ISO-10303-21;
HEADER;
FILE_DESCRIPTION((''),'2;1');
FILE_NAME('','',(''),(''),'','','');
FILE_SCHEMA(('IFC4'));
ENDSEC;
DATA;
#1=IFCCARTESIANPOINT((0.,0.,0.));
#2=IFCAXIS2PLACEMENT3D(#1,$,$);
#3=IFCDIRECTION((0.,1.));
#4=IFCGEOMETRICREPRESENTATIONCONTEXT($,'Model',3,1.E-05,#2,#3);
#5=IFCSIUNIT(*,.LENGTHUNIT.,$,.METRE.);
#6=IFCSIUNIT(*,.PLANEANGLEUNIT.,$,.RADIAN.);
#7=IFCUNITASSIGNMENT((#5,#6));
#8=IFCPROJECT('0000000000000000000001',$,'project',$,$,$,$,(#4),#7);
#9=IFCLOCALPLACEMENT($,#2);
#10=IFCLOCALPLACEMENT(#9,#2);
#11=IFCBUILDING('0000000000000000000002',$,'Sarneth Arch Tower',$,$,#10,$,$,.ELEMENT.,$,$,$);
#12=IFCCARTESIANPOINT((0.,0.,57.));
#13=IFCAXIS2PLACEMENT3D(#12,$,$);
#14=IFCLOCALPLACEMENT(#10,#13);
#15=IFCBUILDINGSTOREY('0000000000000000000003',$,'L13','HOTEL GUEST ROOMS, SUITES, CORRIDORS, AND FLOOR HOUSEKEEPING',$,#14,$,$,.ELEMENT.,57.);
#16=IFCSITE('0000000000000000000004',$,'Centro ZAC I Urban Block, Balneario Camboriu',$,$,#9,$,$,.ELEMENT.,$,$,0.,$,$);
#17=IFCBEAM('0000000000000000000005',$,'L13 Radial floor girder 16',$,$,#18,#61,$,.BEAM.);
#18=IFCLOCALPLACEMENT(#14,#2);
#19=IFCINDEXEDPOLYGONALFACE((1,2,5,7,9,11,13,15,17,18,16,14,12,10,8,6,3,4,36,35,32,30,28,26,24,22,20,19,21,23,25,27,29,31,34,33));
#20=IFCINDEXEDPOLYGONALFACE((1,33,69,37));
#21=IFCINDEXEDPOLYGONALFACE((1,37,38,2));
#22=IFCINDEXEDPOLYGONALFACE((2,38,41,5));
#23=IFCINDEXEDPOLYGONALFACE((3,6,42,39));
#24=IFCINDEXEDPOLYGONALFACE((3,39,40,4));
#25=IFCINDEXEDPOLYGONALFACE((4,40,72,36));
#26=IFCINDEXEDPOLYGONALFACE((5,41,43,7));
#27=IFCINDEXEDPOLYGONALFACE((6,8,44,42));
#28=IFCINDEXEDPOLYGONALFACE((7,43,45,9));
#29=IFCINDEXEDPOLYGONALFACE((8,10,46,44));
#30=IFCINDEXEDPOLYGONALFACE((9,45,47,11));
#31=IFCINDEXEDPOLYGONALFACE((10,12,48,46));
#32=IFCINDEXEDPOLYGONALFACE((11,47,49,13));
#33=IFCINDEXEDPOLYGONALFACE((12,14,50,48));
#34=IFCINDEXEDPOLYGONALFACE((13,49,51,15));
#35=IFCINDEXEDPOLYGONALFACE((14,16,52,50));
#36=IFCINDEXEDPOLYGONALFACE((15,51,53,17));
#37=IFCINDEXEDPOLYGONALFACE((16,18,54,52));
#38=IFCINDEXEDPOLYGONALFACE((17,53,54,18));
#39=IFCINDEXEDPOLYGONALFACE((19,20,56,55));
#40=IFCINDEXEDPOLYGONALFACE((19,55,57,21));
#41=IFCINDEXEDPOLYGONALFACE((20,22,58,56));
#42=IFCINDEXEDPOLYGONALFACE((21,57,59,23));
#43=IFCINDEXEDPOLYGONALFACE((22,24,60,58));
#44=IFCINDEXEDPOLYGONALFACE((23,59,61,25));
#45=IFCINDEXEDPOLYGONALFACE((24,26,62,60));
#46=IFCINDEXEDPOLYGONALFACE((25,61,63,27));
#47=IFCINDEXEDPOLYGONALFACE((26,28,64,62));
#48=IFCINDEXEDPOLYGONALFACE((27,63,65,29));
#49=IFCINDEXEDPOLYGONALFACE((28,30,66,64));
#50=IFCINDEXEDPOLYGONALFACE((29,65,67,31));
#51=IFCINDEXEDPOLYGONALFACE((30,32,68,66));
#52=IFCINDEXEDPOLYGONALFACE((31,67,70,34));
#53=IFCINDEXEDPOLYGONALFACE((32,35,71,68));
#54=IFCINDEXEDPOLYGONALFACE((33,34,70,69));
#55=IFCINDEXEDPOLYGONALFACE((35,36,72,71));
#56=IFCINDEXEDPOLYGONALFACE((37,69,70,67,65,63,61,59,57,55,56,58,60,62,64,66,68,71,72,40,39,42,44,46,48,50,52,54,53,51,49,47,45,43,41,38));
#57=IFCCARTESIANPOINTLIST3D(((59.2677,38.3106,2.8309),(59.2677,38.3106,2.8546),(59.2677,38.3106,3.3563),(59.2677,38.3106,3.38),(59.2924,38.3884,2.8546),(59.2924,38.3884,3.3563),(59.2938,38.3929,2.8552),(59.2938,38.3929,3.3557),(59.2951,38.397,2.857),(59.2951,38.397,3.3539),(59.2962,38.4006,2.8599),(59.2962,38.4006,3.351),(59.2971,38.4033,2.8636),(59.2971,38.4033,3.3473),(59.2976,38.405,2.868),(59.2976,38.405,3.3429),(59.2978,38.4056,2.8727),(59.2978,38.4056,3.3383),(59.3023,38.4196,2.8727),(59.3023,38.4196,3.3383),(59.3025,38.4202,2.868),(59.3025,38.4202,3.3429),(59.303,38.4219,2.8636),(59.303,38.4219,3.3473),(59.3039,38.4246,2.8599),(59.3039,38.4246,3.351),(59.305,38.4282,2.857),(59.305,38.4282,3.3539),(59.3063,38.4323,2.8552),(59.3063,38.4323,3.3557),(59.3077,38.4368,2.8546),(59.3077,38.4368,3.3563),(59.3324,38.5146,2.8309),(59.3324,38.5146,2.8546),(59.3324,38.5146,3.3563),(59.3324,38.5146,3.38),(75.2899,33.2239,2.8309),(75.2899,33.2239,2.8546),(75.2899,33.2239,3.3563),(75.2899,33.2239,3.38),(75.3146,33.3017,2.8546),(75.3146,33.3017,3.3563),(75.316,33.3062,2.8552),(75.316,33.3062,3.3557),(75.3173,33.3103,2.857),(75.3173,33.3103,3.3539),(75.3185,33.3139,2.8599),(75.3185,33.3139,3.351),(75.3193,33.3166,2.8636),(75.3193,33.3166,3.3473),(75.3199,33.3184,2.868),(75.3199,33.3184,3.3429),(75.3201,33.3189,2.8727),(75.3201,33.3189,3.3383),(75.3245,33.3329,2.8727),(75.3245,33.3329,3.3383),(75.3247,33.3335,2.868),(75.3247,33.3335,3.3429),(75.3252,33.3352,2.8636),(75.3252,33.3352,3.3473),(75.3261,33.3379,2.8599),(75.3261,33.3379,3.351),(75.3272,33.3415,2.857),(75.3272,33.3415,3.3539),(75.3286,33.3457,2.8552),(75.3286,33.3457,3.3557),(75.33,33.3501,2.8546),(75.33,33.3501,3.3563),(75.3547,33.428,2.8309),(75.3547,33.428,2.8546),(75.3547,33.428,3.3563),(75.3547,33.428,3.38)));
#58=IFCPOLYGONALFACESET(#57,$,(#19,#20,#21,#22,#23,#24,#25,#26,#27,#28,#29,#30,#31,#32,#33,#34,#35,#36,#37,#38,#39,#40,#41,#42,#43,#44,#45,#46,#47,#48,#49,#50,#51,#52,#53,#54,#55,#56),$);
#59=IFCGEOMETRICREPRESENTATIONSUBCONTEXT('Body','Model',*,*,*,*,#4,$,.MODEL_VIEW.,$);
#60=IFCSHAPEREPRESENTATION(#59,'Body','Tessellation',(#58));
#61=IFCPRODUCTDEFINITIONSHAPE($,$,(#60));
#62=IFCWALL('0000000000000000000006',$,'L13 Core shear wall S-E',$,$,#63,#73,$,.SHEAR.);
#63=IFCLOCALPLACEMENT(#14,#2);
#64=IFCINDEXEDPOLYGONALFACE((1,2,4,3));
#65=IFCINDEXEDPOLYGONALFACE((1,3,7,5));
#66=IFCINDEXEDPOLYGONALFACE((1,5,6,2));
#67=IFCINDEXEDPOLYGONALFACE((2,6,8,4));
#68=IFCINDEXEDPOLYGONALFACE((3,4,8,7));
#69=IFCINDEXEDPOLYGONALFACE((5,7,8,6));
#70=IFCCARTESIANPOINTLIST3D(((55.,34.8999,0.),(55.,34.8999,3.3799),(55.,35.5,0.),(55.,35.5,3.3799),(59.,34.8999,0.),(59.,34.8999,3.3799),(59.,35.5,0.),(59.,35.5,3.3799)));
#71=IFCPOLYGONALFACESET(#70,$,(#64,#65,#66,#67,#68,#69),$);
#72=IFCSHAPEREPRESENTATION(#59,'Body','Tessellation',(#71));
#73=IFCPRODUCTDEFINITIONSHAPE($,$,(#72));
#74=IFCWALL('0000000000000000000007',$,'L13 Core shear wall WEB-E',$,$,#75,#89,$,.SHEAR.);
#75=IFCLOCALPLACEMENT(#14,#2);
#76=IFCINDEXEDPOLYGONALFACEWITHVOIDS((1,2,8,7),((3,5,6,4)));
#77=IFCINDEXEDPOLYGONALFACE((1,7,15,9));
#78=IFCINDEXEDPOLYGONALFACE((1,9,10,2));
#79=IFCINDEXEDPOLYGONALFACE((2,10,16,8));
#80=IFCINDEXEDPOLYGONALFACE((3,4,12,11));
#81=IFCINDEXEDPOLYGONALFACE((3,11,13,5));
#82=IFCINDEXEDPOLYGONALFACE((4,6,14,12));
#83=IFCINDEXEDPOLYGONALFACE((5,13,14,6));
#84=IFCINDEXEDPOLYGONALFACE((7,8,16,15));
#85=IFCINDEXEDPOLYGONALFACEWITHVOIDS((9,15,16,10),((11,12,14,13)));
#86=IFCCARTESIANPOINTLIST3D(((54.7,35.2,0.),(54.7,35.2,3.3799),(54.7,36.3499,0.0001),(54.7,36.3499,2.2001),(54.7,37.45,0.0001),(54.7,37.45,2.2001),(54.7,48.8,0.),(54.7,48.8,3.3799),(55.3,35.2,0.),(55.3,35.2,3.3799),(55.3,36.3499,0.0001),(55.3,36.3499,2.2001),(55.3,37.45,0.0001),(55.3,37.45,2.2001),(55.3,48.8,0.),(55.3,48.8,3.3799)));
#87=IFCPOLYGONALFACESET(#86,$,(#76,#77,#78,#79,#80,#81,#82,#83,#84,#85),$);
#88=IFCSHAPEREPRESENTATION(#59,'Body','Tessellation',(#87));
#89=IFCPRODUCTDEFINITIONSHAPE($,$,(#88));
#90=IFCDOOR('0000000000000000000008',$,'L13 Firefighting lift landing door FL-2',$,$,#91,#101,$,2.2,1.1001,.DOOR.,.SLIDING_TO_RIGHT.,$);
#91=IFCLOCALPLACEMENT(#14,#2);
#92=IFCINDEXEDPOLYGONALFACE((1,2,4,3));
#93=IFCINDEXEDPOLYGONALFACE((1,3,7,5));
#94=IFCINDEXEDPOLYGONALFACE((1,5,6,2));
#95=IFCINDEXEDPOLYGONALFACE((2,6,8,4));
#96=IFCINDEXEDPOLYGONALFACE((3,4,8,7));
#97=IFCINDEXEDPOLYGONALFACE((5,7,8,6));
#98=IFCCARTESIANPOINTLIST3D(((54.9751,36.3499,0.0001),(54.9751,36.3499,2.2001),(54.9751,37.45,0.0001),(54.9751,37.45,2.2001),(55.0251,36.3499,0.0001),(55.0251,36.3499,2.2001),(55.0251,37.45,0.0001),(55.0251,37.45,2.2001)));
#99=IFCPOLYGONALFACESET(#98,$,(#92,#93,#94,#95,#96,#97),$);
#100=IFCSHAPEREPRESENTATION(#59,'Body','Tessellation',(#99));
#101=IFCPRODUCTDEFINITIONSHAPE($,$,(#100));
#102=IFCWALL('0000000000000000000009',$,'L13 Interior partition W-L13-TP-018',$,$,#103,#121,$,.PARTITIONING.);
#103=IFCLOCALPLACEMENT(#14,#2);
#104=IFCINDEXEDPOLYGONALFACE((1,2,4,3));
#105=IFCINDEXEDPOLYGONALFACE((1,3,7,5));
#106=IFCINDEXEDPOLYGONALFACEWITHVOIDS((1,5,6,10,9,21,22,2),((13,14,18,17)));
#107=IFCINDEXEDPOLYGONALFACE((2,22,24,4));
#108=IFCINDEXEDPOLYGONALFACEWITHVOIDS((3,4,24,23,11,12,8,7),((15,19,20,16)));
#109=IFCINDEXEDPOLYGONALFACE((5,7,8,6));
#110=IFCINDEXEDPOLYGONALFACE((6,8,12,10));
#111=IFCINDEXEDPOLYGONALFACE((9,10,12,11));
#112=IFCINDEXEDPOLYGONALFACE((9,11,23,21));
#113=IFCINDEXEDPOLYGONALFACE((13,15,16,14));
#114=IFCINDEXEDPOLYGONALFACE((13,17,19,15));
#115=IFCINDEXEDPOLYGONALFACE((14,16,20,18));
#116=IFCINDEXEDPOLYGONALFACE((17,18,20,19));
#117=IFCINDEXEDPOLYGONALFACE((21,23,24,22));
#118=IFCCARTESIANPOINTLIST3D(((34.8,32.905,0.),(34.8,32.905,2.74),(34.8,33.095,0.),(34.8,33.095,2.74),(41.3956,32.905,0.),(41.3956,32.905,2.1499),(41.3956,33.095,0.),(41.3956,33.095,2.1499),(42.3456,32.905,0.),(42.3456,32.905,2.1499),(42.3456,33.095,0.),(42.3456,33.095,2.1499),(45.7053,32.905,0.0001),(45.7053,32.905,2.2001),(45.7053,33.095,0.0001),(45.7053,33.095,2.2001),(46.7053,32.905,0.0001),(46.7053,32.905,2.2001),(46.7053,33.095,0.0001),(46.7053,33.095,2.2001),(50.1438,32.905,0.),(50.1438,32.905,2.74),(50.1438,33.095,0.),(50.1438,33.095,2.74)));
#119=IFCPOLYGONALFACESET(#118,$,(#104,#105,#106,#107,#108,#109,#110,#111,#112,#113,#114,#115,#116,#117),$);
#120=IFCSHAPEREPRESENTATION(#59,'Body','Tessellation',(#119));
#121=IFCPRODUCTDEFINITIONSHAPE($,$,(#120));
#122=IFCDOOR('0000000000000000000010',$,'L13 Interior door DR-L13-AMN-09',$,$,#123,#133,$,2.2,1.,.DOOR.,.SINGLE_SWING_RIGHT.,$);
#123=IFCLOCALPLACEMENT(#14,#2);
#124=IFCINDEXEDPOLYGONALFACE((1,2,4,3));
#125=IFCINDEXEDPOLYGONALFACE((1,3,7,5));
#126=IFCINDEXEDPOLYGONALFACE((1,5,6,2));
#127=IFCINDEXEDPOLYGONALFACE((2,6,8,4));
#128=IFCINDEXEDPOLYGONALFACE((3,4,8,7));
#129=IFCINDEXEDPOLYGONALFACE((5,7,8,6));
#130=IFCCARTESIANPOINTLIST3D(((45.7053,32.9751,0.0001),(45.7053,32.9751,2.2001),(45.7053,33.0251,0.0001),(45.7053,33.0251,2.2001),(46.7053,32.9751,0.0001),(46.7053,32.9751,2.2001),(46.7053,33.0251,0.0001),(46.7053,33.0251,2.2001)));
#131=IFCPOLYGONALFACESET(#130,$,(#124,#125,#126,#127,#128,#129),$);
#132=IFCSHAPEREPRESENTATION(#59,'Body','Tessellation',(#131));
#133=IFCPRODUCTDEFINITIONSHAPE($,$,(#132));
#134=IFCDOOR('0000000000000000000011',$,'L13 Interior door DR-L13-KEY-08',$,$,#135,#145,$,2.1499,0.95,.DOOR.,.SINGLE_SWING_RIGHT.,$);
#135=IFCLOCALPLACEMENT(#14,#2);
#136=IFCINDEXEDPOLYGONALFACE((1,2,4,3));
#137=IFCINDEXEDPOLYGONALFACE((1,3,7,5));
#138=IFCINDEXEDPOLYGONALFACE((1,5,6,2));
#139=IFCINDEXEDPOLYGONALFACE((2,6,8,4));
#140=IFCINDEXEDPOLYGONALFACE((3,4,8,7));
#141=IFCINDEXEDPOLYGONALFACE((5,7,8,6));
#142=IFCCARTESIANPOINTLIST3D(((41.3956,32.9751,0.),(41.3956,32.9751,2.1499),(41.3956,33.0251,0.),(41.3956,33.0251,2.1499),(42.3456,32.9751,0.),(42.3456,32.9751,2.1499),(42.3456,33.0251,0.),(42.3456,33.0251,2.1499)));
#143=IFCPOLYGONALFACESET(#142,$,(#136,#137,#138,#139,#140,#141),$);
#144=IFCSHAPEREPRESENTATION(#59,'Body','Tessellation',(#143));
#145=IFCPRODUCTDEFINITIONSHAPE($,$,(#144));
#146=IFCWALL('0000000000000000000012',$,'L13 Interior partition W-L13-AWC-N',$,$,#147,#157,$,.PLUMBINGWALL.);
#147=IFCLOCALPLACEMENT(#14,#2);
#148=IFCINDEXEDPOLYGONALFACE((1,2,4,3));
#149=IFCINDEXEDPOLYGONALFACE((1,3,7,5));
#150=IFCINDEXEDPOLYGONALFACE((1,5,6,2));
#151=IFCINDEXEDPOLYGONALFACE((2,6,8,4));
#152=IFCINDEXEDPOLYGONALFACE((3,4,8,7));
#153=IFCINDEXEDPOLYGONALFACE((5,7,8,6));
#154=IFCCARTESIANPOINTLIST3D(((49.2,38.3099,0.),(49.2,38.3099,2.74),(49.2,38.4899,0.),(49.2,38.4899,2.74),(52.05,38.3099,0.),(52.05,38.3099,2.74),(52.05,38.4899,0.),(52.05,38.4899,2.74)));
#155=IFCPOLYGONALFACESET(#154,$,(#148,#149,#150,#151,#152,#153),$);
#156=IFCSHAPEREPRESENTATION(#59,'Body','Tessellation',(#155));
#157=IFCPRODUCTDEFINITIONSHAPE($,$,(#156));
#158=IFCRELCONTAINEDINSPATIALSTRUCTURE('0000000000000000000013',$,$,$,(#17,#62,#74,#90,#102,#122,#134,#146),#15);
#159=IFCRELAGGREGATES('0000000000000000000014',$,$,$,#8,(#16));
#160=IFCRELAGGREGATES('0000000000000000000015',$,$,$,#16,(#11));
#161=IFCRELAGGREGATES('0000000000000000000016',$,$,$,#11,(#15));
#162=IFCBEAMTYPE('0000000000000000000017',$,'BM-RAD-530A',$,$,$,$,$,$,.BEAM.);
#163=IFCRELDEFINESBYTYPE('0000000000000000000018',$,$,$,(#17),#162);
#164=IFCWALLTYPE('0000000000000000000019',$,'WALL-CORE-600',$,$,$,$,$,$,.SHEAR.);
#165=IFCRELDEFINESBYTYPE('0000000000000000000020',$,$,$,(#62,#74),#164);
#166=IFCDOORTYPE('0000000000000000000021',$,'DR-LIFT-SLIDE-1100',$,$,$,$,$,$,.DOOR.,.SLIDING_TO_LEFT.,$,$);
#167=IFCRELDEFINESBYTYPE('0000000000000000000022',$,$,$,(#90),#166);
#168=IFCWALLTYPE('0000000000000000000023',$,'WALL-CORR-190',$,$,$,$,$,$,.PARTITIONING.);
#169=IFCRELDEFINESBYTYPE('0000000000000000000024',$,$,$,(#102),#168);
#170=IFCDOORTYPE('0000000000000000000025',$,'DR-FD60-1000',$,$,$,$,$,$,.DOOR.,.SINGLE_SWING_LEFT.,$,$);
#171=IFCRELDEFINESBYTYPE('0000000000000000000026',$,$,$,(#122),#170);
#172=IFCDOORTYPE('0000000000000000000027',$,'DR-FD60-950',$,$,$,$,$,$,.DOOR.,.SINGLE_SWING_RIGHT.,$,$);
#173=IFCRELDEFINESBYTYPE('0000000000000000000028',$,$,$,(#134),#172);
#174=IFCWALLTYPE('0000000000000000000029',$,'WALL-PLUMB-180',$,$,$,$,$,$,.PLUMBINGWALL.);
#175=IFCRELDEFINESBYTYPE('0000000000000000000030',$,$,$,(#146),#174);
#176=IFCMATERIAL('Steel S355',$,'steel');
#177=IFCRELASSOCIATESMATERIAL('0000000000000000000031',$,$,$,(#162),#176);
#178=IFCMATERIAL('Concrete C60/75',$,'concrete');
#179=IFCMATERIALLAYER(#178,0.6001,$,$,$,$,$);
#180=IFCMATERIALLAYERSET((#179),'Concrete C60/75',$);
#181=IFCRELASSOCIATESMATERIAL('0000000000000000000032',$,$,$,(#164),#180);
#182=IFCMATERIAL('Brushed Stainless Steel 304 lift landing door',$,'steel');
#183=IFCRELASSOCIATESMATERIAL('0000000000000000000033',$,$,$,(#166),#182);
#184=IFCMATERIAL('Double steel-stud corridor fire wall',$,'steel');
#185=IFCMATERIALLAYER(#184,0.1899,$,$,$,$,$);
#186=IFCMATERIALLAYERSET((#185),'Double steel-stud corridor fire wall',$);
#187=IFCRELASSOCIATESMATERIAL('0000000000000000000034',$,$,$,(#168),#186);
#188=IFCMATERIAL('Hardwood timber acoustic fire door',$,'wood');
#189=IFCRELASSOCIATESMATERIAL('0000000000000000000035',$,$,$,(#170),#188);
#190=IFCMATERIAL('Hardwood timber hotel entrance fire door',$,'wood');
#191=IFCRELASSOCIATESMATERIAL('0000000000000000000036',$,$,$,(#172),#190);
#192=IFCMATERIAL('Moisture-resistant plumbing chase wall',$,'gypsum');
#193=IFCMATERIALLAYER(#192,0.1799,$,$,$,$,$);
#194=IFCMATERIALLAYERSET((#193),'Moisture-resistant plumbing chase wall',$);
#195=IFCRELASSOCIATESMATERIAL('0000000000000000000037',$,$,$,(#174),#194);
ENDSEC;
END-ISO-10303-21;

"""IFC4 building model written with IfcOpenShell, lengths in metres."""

from ifc_helpers import new_model, si_unit, direction, frame, frame_2d, origin, origin_2d, place, context, subcontext, project, spatial, rectangle, i_section, extrude, material, layer, layer_set, material_profile, profile_set, type_object, element, fill, save


model = new_model("IFC4")

# Units and contexts
model_context = context("Model", 3, precision=1e-05, world=origin(), true_north=direction((0.0, 1.0)))
body_context = subcontext(model_context, "Body", "Model", "MODEL_VIEW")
ifc_project = project(units=[si_unit("LENGTHUNIT", "METRE"), si_unit("PLANEANGLEUNIT", "RADIAN")], contexts=[model_context])

# Site, building, storey
site_placement = place(None, origin())
site = spatial("IfcSite", under=ifc_project, at=site_placement, Name="Centro ZAC I Urban Block, Balneario Camboriu", CompositionType="ELEMENT", RefElevation=0.0)
building_placement = place(site_placement, origin())
building = spatial("IfcBuilding", under=site, at=building_placement, Name="Sarneth Arch Tower", CompositionType="ELEMENT")
storey_placement = place(building_placement, frame((0.0, 0.0, 57.0)))
storey = spatial("IfcBuildingStorey", under=building, at=storey_placement, Name="L13", Description="HOTEL GUEST ROOMS, SUITES, CORRIDORS, AND FLOOR HOUSEKEEPING", CompositionType="ELEMENT", Elevation=57.0)

# Beam
ifc_material_1 = material(Name="Steel S355", Category="steel")
ifc_material_profile_1 = material_profile(ifc_material_1, i_section(OverallWidth=0.2141, OverallDepth=0.5491, WebThickness=0.0146, FlangeThickness=0.0237, FilletRadius=0.0181, at=origin_2d()), Name="W530x138")
ifc_profile_set_1 = profile_set([ifc_material_profile_1], Name="Steel S355")
beam_type_1 = type_object("IfcBeamType", Name="BM-RAD-530A", PredefinedType="BEAM", material=ifc_profile_set_1)
beam_1_placement = place(storey_placement, frame((59.3, 38.4126, 3.1055), z_axis=(0.95312, -0.302593, 0.0), x_axis=(0.302593, 0.95312, 0.0)))
element("IfcBeam", 1, at=beam_1_placement, inside=storey, type_object=beam_type_1, Name="L13 Radial floor girder 16", PredefinedType="BEAM", context=body_context, shape_type="SweptSolid", body=[
    extrude(i_section(OverallWidth=0.2141, OverallDepth=0.5491, WebThickness=0.0146, FlangeThickness=0.0237, FilletRadius=0.0181, at=origin_2d()), origin(), (0.0, 0.0, 1.0), 16.8103),
])

# Wall
ifc_material_2 = material(Name="Concrete C60/75", Category="concrete")
ifc_layer_1 = layer(ifc_material_2, 0.6001)
ifc_layer_set_1 = layer_set([ifc_layer_1], Name="Concrete C60/75")
wall_type_1 = type_object("IfcWallType", Name="WALL-CORE-600", PredefinedType="SHEAR", material=ifc_layer_set_1)
wall_1_placement = place(storey_placement, frame((55.0, 35.2, 0.0), z_axis=(0.0, 0.0, 1.0), x_axis=(1.0, 0.0, 0.0)))
element("IfcWall", 2, at=wall_1_placement, inside=storey, type_object=wall_type_1, Name="L13 Core shear wall S-E", PredefinedType="SHEAR", context=body_context, shape_type="SweptSolid", body=[
    extrude(rectangle(XDim=4.0, YDim=0.6001, at=frame_2d((2.0, 0.0))), origin(), (0.0, 0.0, 1.0), 3.3799),
])

# Wall, opening, door
wall_2_placement = place(storey_placement, frame((55.0, 35.2, 0.0), z_axis=(0.0, 0.0, 1.0), x_axis=(0.0, 1.0, 0.0)))
wall_2 = element("IfcWall", 3, at=wall_2_placement, inside=storey, type_object=wall_type_1, Name="L13 Core shear wall WEB-E", PredefinedType="SHEAR", context=body_context, shape_type="SweptSolid", body=[
    extrude(rectangle(XDim=13.6001, YDim=0.6001, at=frame_2d((6.8, 0.0))), origin(), (0.0, 0.0, 1.0), 3.3799),
])
opening_1_placement = place(wall_2_placement, frame((1.1499, 0.0, 0.0)))
opening_1 = element("IfcOpeningElement", 4, at=opening_1_placement, cuts=wall_2, PredefinedType="OPENING", context=body_context, shape_type="SweptSolid", body=[
    extrude(rectangle(XDim=1.1001, YDim=2.2, at=frame_2d((0.55, 1.1001))), frame((0.0, 0.3101, 0.0), z_axis=(0.0, -1.0, 0.0), x_axis=(1.0, 0.0, 0.0)), (0.0, 0.0, 1.0), 0.6201),
])
ifc_material_3 = material(Name="Brushed Stainless Steel 304 lift landing door", Category="steel")
door_type_1 = type_object("IfcDoorType", Name="DR-LIFT-SLIDE-1100", OperationType="SLIDING_TO_LEFT", PredefinedType="DOOR", material=ifc_material_3)
door_1_placement = place(opening_1_placement, origin())
door_1 = element("IfcDoor", 5, at=door_1_placement, inside=storey, type_object=door_type_1, Name="L13 Firefighting lift landing door FL-2", OperationType="SLIDING_TO_RIGHT", OverallHeight=2.2, OverallWidth=1.1001, PredefinedType="DOOR", context=body_context, shape_type="SweptSolid", body=[
    extrude(rectangle(XDim=1.1001, YDim=2.2, at=frame_2d((0.55, 1.1001))), frame((0.0, 0.0249, 0.0), z_axis=(0.0, -1.0, 0.0), x_axis=(1.0, 0.0, 0.0)), (0.0, 0.0, 1.0), 0.05),
])
fill(opening_1, door_1)

# Wall, openings, doors
ifc_material_4 = material(Name="Double steel-stud corridor fire wall", Category="steel")
ifc_layer_2 = layer(ifc_material_4, 0.1899)
ifc_layer_set_2 = layer_set([ifc_layer_2], Name="Double steel-stud corridor fire wall")
wall_type_2 = type_object("IfcWallType", Name="WALL-CORR-190", PredefinedType="PARTITIONING", material=ifc_layer_set_2)
wall_3_placement = place(storey_placement, frame((50.1438, 33.0, 0.0), z_axis=(0.0, 0.0, 1.0), x_axis=(-1.0, 0.0, 0.0)))
wall_3 = element("IfcWall", 6, at=wall_3_placement, inside=storey, type_object=wall_type_2, Name="L13 Interior partition W-L13-TP-018", PredefinedType="PARTITIONING", context=body_context, shape_type="SweptSolid", body=[
    extrude(rectangle(XDim=15.3438, YDim=0.1899, at=frame_2d((7.6719, 0.0))), origin(), (0.0, 0.0, 1.0), 2.74),
])
opening_2_placement = place(wall_3_placement, frame((3.4385, 0.0, 0.0)))
opening_2 = element("IfcOpeningElement", 7, at=opening_2_placement, cuts=wall_3, PredefinedType="OPENING", context=body_context, shape_type="SweptSolid", body=[
    extrude(rectangle(XDim=1.0, YDim=2.2, at=frame_2d((0.5, 1.1001))), frame((0.0, 0.105, 0.0), z_axis=(0.0, -1.0, 0.0), x_axis=(1.0, 0.0, 0.0)), (0.0, 0.0, 1.0), 0.21),
])
opening_3_placement = place(wall_3_placement, frame((7.7981, 0.0, 0.0)))
opening_3 = element("IfcOpeningElement", 8, at=opening_3_placement, cuts=wall_3, PredefinedType="OPENING", context=body_context, shape_type="SweptSolid", body=[
    extrude(rectangle(XDim=0.95, YDim=2.1499, at=frame_2d((0.4751, 1.075))), frame((0.0, 0.105, 0.0), z_axis=(0.0, -1.0, 0.0), x_axis=(1.0, 0.0, 0.0)), (0.0, 0.0, 1.0), 0.21),
])
ifc_material_5 = material(Name="Hardwood timber acoustic fire door", Category="wood")
door_type_2 = type_object("IfcDoorType", Name="DR-FD60-1000", OperationType="SINGLE_SWING_LEFT", PredefinedType="DOOR", material=ifc_material_5)
door_2_placement = place(opening_2_placement, origin())
door_2 = element("IfcDoor", 9, at=door_2_placement, inside=storey, type_object=door_type_2, Name="L13 Interior door DR-L13-AMN-09", OperationType="SINGLE_SWING_RIGHT", OverallHeight=2.2, OverallWidth=1.0, PredefinedType="DOOR", context=body_context, shape_type="SweptSolid", body=[
    extrude(rectangle(XDim=1.0, YDim=2.2, at=frame_2d((0.5, 1.1001))), frame((0.0, 0.0249, 0.0), z_axis=(0.0, -1.0, 0.0), x_axis=(1.0, 0.0, 0.0)), (0.0, 0.0, 1.0), 0.05),
])
fill(opening_2, door_2)
ifc_material_6 = material(Name="Hardwood timber hotel entrance fire door", Category="wood")
door_type_3 = type_object("IfcDoorType", Name="DR-FD60-950", OperationType="SINGLE_SWING_RIGHT", PredefinedType="DOOR", material=ifc_material_6)
door_3_placement = place(opening_3_placement, origin())
door_3 = element("IfcDoor", 10, at=door_3_placement, inside=storey, type_object=door_type_3, Name="L13 Interior door DR-L13-KEY-08", OperationType="SINGLE_SWING_RIGHT", OverallHeight=2.1499, OverallWidth=0.95, PredefinedType="DOOR", context=body_context, shape_type="SweptSolid", body=[
    extrude(rectangle(XDim=0.95, YDim=2.1499, at=frame_2d((0.4751, 1.075))), frame((0.0, 0.0249, 0.0), z_axis=(0.0, -1.0, 0.0), x_axis=(1.0, 0.0, 0.0)), (0.0, 0.0, 1.0), 0.05),
])
fill(opening_3, door_3)

# Wall
ifc_material_7 = material(Name="Moisture-resistant plumbing chase wall", Category="gypsum")
ifc_layer_3 = layer(ifc_material_7, 0.1799)
ifc_layer_set_3 = layer_set([ifc_layer_3], Name="Moisture-resistant plumbing chase wall")
wall_type_3 = type_object("IfcWallType", Name="WALL-PLUMB-180", PredefinedType="PLUMBINGWALL", material=ifc_layer_set_3)
wall_4_placement = place(storey_placement, frame((49.2, 38.3999, 0.0), z_axis=(0.0, 0.0, 1.0), x_axis=(1.0, 0.0, 0.0)))
element("IfcWall", 11, at=wall_4_placement, inside=storey, type_object=wall_type_3, Name="L13 Interior partition W-L13-AWC-N", PredefinedType="PLUMBINGWALL", context=body_context, shape_type="SweptSolid", body=[
    extrude(rectangle(XDim=2.8501, YDim=0.1799, at=frame_2d((1.425, 0.0))), origin(), (0.0, 0.0, 1.0), 2.74),
])

save(model, "model.ifc")
